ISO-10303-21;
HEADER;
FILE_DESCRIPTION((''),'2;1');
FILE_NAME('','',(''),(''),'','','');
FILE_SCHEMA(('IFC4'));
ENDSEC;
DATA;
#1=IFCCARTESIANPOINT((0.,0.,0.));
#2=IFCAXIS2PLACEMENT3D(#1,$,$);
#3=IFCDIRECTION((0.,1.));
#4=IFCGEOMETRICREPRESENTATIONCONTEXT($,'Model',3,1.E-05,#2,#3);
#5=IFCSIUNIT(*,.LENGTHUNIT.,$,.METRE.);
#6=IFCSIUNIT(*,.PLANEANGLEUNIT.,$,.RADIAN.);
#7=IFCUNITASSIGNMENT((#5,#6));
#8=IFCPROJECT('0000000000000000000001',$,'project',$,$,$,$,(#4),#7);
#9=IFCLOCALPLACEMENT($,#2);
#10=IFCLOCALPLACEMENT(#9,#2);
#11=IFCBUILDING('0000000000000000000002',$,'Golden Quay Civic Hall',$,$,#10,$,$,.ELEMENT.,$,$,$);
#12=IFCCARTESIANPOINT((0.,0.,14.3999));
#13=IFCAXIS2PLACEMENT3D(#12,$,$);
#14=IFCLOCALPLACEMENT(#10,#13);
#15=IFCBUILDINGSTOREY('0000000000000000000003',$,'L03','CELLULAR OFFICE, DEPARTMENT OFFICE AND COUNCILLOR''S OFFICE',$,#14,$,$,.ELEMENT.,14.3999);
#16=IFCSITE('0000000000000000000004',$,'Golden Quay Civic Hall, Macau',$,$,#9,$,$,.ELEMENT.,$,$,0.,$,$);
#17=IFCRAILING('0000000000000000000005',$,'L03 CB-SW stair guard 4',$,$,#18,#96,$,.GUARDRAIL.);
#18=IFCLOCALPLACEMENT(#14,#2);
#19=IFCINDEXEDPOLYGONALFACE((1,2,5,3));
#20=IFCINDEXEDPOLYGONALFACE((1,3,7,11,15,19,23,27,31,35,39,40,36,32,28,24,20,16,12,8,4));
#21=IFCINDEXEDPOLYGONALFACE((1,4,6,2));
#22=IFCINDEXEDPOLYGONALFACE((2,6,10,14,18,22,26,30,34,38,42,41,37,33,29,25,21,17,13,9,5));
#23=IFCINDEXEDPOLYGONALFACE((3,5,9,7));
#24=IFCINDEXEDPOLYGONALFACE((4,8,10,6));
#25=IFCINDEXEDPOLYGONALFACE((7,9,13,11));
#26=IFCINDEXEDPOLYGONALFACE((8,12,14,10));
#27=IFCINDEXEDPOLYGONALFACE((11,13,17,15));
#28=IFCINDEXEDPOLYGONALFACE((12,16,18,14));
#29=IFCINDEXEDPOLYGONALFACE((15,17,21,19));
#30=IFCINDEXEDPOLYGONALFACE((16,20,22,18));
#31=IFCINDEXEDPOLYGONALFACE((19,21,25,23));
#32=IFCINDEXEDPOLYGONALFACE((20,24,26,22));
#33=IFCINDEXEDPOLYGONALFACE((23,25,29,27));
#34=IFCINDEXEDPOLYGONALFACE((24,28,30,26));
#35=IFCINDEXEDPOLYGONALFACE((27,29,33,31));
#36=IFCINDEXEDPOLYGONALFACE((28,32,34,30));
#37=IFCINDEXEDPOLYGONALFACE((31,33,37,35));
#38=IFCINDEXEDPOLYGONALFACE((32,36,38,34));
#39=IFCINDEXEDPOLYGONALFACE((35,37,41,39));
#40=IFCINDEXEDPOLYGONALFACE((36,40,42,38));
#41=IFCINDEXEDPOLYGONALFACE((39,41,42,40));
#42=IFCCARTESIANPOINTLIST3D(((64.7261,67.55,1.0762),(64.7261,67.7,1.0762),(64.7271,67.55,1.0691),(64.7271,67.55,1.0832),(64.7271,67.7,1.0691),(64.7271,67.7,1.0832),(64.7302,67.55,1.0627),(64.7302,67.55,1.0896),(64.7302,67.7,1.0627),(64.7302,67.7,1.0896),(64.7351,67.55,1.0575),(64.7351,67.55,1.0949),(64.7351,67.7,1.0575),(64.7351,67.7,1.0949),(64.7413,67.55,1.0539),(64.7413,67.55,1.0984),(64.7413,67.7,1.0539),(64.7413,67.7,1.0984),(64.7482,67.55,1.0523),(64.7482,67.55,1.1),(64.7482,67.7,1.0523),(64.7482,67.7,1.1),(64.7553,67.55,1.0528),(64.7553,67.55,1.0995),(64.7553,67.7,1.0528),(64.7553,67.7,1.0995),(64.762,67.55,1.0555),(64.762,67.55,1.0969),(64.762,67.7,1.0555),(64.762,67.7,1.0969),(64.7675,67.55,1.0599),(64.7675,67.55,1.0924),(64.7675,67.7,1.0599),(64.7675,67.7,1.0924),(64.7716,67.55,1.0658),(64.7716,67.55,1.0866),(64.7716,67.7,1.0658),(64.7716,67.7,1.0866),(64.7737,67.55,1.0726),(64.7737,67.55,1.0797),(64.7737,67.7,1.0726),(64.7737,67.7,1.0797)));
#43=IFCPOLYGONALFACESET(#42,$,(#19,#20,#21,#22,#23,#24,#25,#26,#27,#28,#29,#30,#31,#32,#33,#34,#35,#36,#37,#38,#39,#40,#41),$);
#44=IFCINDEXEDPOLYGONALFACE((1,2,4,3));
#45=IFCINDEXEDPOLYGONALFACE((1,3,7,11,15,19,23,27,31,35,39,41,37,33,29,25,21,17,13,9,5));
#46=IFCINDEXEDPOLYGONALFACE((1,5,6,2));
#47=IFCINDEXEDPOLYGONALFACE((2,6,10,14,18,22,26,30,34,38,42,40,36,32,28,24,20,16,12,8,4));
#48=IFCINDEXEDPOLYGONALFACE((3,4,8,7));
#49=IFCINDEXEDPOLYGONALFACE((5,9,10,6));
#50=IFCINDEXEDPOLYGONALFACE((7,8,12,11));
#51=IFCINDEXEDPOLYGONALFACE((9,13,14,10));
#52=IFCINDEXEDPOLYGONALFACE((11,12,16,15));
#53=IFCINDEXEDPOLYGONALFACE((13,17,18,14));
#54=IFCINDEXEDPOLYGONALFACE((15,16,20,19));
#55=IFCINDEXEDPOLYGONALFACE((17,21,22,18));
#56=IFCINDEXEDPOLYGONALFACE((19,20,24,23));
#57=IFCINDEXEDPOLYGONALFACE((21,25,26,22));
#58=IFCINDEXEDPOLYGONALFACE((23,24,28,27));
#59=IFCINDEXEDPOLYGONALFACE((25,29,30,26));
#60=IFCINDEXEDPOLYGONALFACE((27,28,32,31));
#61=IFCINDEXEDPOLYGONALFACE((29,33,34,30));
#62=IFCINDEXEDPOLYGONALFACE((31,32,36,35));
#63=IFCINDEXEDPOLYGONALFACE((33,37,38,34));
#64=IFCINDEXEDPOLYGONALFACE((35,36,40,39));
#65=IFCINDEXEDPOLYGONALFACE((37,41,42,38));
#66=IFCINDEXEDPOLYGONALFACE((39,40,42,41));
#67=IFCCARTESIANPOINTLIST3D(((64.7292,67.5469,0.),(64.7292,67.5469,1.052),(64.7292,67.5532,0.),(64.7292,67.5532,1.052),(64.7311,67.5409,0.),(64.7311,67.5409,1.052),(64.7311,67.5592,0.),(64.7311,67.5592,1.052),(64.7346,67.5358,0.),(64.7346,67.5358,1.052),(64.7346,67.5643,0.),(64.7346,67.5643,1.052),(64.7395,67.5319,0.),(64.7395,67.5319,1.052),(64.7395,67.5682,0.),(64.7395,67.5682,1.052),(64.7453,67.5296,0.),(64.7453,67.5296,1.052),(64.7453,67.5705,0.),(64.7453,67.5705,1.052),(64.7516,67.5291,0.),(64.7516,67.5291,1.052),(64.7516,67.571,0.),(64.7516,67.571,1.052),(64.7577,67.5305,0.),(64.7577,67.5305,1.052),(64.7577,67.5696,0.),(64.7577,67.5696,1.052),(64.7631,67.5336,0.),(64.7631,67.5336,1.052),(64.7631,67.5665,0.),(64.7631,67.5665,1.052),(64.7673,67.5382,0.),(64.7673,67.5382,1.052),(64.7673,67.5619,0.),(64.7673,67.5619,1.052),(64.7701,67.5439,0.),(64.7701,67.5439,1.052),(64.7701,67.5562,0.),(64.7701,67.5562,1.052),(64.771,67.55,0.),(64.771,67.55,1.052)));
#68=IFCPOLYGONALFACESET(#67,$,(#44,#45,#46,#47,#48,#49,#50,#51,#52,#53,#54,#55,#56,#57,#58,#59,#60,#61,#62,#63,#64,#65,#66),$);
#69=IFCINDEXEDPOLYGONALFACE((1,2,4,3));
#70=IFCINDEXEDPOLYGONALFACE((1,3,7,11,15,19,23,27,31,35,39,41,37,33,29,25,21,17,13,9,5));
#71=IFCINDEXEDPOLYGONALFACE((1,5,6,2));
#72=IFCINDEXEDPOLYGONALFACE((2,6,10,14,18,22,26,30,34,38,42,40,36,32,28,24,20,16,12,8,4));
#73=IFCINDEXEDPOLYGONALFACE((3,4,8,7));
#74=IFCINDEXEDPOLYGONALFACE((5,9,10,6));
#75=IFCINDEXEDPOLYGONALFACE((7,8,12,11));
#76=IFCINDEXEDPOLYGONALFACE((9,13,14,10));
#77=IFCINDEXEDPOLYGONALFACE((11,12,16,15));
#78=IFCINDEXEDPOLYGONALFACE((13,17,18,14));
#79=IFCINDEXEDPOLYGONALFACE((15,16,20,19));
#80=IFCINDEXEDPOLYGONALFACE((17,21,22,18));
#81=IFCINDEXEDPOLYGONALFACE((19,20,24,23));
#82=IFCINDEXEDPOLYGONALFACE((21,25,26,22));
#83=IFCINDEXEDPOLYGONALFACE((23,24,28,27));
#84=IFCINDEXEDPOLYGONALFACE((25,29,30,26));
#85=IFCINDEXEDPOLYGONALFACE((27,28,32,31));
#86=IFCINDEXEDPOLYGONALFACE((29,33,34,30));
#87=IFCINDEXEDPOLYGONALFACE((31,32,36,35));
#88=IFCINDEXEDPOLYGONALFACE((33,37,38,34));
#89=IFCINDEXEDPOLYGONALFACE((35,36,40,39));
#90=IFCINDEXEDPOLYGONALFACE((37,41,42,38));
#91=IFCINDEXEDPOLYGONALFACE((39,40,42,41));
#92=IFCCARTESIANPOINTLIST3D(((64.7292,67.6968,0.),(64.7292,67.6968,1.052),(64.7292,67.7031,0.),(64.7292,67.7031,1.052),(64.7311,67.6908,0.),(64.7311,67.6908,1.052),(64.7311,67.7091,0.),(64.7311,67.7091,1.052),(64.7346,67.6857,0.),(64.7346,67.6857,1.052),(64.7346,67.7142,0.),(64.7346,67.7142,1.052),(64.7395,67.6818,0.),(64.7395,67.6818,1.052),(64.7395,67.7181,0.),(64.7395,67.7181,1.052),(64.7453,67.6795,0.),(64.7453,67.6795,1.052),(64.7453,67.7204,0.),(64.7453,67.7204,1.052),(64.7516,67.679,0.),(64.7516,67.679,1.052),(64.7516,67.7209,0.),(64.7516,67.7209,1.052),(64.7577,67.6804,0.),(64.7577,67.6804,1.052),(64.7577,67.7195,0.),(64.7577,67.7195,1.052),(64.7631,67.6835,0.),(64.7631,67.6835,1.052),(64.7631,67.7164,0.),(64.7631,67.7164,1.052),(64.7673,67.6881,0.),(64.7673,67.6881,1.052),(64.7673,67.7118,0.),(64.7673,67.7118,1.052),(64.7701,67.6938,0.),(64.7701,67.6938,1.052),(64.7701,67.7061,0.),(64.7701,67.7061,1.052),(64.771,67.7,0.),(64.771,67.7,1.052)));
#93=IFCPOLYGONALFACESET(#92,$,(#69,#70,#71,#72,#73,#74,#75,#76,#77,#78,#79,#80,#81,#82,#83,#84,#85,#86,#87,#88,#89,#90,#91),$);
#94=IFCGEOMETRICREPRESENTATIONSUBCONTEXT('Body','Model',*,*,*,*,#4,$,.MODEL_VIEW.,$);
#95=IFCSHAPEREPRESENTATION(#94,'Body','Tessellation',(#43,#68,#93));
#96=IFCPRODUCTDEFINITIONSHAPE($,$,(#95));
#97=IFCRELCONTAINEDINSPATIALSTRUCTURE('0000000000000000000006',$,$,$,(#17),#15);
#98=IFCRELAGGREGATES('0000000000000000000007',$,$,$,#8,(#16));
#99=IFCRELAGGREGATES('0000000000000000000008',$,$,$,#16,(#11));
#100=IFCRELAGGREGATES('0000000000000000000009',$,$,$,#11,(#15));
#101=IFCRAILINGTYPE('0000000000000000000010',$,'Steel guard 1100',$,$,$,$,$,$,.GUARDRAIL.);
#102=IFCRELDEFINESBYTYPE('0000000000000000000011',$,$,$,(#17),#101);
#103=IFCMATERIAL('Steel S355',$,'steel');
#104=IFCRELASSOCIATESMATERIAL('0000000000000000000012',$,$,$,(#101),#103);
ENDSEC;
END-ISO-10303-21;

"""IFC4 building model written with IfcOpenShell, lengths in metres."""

from ifc_helpers import new_model, si_unit, direction, frame, origin, origin_2d, place, context, subcontext, project, spatial, circle, extrude, material, type_object, element, save


model = new_model("IFC4")

# Units and contexts
model_context = context("Model", 3, precision=1e-05, world=origin(), true_north=direction((0.0, 1.0)))
body_context = subcontext(model_context, "Body", "Model", "MODEL_VIEW")
ifc_project = project(units=[si_unit("LENGTHUNIT", "METRE"), si_unit("PLANEANGLEUNIT", "RADIAN")], contexts=[model_context])

# Site, building, storey
site_placement = place(None, origin())
site = spatial("IfcSite", under=ifc_project, at=site_placement, Name="Golden Quay Civic Hall, Macau", CompositionType="ELEMENT", RefElevation=0.0)
building_placement = place(site_placement, origin())
building = spatial("IfcBuilding", under=site, at=building_placement, Name="Golden Quay Civic Hall", CompositionType="ELEMENT")
storey_placement = place(building_placement, frame((0.0, 0.0, 14.3999)))
storey = spatial("IfcBuildingStorey", under=building, at=storey_placement, Name="L03", Description="CELLULAR OFFICE, DEPARTMENT OFFICE AND COUNCILLOR'S OFFICE", CompositionType="ELEMENT", Elevation=14.3999)

# Railing
ifc_material_1 = material(Name="Steel S355", Category="steel")
railing_type_1 = type_object("IfcRailingType", Name="Steel guard 1100", PredefinedType="GUARDRAIL", material=ifc_material_1)
railing_1_placement = place(storey_placement, frame((64.75, 67.55, 0.0)))
element("IfcRailing", 1, at=railing_1_placement, inside=storey, type_object=railing_type_1, Name="L03 CB-SW stair guard 4", PredefinedType="GUARDRAIL", context=body_context, shape_type="SweptSolid", body=[
    extrude(circle(Radius=0.0239, at=origin_2d()), frame((0.0, 0.0, 1.0762), z_axis=(0.0, 1.0, 0.0), x_axis=(-1.0, 0.0, 0.0)), (0.0, 0.0, 1.0), 0.1499),
    extrude(circle(Radius=0.021, at=origin_2d()), origin(), (0.0, 0.0, 1.0), 1.052),
    extrude(circle(Radius=0.021, at=origin_2d()), frame((0.0, 0.1499, 0.0)), (0.0, 0.0, 1.0), 1.052),
])

save(model, "model.ifc")
